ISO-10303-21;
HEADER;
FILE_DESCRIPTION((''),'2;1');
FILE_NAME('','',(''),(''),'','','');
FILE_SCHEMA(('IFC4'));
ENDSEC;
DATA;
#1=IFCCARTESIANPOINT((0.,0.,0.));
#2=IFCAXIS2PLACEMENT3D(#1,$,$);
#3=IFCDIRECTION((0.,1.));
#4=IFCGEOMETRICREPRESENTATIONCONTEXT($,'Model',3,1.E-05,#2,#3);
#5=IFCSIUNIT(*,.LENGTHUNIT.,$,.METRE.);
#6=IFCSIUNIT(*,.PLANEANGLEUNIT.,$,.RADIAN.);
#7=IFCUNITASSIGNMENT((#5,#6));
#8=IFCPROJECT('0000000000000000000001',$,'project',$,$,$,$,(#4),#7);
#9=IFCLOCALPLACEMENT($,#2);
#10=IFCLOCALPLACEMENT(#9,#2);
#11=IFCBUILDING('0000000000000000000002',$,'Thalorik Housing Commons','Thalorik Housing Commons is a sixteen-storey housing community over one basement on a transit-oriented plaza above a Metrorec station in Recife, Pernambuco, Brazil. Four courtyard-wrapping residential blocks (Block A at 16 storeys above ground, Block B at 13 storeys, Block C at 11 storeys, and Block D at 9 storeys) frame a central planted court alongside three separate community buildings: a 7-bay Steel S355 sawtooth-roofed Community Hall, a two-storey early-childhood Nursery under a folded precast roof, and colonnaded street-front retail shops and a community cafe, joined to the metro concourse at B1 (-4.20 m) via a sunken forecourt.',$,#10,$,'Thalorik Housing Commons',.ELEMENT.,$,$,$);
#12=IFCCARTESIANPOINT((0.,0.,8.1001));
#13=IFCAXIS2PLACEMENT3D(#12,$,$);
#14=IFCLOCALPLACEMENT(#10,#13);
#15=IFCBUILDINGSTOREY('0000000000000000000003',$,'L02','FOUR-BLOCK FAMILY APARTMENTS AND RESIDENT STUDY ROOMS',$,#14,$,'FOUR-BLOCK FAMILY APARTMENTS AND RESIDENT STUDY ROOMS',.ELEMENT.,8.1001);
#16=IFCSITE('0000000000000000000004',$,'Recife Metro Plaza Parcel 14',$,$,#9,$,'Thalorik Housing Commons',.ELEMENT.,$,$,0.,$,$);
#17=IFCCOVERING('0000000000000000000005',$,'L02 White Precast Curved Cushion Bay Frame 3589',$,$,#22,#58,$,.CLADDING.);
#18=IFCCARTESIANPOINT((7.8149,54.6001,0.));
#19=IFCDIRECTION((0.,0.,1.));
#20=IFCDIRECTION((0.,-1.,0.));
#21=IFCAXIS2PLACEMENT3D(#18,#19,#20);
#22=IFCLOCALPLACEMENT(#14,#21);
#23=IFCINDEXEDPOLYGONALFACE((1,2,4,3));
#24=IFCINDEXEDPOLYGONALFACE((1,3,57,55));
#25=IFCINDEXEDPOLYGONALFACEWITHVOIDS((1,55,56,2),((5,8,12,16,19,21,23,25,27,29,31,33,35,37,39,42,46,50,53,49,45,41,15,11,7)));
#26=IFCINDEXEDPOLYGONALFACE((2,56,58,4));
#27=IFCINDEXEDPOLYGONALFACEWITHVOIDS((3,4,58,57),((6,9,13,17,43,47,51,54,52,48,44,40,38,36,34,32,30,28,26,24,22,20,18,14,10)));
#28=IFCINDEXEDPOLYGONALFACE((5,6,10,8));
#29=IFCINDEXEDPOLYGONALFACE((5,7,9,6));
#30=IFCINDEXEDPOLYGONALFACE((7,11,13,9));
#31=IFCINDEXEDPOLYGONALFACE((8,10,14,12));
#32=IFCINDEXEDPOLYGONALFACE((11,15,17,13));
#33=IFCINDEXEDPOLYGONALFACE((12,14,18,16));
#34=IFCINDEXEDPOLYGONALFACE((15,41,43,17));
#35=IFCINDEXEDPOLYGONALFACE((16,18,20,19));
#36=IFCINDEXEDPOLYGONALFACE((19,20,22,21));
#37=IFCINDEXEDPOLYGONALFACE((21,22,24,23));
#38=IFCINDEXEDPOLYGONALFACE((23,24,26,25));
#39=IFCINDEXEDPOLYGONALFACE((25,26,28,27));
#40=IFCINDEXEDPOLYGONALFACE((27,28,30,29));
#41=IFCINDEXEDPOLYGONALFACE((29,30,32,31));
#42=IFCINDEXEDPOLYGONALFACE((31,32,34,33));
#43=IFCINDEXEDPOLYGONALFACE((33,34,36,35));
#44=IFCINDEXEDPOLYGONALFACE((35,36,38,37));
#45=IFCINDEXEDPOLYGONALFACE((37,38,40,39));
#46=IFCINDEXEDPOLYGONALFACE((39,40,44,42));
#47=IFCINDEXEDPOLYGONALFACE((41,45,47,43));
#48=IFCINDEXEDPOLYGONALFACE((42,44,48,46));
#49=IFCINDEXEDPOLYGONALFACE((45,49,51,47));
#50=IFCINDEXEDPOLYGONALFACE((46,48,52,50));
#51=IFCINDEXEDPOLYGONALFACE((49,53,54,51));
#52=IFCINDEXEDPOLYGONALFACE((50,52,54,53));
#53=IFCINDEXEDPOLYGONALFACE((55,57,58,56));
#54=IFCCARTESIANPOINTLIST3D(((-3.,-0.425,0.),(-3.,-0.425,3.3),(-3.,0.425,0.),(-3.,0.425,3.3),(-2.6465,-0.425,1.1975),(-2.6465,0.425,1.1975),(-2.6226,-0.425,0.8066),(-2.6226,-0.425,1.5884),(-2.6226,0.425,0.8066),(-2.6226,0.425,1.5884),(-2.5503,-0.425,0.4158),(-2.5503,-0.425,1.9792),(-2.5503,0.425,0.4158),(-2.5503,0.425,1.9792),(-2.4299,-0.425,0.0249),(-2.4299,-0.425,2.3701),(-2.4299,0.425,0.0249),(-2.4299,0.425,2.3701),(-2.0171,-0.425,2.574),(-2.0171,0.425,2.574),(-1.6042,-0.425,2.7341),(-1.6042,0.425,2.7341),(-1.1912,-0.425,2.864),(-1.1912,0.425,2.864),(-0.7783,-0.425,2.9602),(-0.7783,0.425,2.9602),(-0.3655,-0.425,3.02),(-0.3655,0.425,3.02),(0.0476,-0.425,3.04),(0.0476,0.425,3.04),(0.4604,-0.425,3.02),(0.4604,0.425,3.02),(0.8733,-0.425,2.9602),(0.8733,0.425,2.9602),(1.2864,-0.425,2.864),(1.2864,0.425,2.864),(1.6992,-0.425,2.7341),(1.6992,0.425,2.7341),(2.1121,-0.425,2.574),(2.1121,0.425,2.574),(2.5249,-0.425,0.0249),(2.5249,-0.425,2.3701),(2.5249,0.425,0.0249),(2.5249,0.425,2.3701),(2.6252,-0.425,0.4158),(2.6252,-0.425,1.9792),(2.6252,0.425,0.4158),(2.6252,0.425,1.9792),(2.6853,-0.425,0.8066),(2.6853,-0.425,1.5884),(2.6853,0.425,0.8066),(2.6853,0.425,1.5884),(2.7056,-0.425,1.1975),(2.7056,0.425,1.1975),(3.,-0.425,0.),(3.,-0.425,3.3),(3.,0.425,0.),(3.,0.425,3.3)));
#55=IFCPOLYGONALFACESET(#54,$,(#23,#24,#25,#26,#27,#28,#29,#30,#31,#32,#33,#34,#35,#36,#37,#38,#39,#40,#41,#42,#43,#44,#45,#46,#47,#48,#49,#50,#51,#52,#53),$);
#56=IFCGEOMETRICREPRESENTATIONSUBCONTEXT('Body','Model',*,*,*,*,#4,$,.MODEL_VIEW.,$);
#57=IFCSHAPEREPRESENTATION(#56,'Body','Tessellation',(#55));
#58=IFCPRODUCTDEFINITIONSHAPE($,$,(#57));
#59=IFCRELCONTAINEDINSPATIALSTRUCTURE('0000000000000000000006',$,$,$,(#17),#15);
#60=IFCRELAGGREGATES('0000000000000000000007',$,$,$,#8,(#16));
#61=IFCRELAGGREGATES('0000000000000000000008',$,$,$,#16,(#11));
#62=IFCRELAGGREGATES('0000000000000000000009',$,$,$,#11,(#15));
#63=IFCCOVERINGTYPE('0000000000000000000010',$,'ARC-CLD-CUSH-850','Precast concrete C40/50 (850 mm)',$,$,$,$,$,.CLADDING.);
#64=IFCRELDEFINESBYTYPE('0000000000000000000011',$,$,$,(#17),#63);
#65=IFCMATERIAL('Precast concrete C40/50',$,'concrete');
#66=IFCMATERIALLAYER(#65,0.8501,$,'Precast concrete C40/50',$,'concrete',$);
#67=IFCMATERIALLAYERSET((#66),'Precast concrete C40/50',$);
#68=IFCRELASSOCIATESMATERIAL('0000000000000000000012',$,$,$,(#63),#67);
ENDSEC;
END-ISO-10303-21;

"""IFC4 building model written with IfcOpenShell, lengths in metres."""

from ifc_helpers import new_model, si_unit, direction, frame, origin, place, context, subcontext, project, spatial, polyline, outline, extrude, material, layer, layer_set, type_object, element, save


model = new_model("IFC4")

# Units and contexts
model_context = context("Model", 3, precision=1e-05, world=origin(), true_north=direction((0.0, 1.0)))
body_context = subcontext(model_context, "Body", "Model", "MODEL_VIEW")
ifc_project = project(units=[si_unit("LENGTHUNIT", "METRE"), si_unit("PLANEANGLEUNIT", "RADIAN")], contexts=[model_context])

# Site, building, storey
site_placement = place(None, origin())
site = spatial("IfcSite", under=ifc_project, at=site_placement, Name="Recife Metro Plaza Parcel 14", LongName="Thalorik Housing Commons", CompositionType="ELEMENT", RefElevation=0.0)
building_placement = place(site_placement, origin())
building = spatial("IfcBuilding", under=site, at=building_placement, Name="Thalorik Housing Commons", Description="Thalorik Housing Commons is a sixteen-storey housing community over one basement on a transit-oriented plaza above a Metrorec station in Recife, Pernambuco, Brazil. Four courtyard-wrapping residential blocks (Block A at 16 storeys above ground, Block B at 13 storeys, Block C at 11 storeys, and Block D at 9 storeys) frame a central planted court alongside three separate community buildings: a 7-bay Steel S355 sawtooth-roofed Community Hall, a two-storey early-childhood Nursery under a folded precast roof, and colonnaded street-front retail shops and a community cafe, joined to the metro concourse at B1 (-4.20 m) via a sunken forecourt.", LongName="Thalorik Housing Commons", CompositionType="ELEMENT")
storey_placement = place(building_placement, frame((0.0, 0.0, 8.1001)))
storey = spatial("IfcBuildingStorey", under=building, at=storey_placement, Name="L02", Description="FOUR-BLOCK FAMILY APARTMENTS AND RESIDENT STUDY ROOMS", LongName="FOUR-BLOCK FAMILY APARTMENTS AND RESIDENT STUDY ROOMS", CompositionType="ELEMENT", Elevation=8.1001)

# Shared definitions
ifc_material_1 = material(Name="Precast concrete C40/50", Category="concrete")

# Covering
ifc_layer_1 = layer(ifc_material_1, 0.8501, Name="Precast concrete C40/50", Category="concrete")
ifc_layer_set_1 = layer_set([ifc_layer_1], Name="Precast concrete C40/50")
covering_type_1 = type_object("IfcCoveringType", Name="ARC-CLD-CUSH-850", Description="Precast concrete C40/50 (850 mm)", PredefinedType="CLADDING", material=ifc_layer_set_1)
covering_1_placement = place(storey_placement, frame((7.8149, 54.6001, 0.0), z_axis=(0.0, 0.0, 1.0), x_axis=(0.0, -1.0, 0.0)))
element("IfcCovering", 1, at=covering_1_placement, inside=storey, type_object=covering_type_1, Name="L02 White Precast Curved Cushion Bay Frame 3589", PredefinedType="CLADDING", context=body_context, shape_type="SweptSolid", body=[
    extrude(outline(polyline([(-3.0, 0.0), (3.0, 0.0), (3.0, 3.3), (-3.0, 3.3), (-3.0, 0.0)]), holes=[polyline([(2.5249, 0.0249), (2.6252, 0.4158), (2.6853, 0.8066), (2.7056, 1.1975), (2.6853, 1.5884), (2.6252, 1.9792), (2.5249, 2.3701), (2.1121, 2.574), (1.6992, 2.7341), (1.2864, 2.864), (0.8733, 2.9602), (0.4604, 3.02), (0.0476, 3.04), (-0.3655, 3.02), (-0.7783, 2.9602), (-1.1912, 2.864), (-1.6042, 2.7341), (-2.0171, 2.574), (-2.4299, 2.3701), (-2.5503, 1.9792), (-2.6226, 1.5884), (-2.6465, 1.1975), (-2.6226, 0.8066), (-2.5503, 0.4158), (-2.4299, 0.0249), (2.5249, 0.0249)])]), frame((0.0, 0.425, 0.0), z_axis=(0.0, -1.0, 0.0), x_axis=(1.0, 0.0, 0.0)), (0.0, 0.0, 1.0), 0.8501),
])

save(model, "model.ifc")
